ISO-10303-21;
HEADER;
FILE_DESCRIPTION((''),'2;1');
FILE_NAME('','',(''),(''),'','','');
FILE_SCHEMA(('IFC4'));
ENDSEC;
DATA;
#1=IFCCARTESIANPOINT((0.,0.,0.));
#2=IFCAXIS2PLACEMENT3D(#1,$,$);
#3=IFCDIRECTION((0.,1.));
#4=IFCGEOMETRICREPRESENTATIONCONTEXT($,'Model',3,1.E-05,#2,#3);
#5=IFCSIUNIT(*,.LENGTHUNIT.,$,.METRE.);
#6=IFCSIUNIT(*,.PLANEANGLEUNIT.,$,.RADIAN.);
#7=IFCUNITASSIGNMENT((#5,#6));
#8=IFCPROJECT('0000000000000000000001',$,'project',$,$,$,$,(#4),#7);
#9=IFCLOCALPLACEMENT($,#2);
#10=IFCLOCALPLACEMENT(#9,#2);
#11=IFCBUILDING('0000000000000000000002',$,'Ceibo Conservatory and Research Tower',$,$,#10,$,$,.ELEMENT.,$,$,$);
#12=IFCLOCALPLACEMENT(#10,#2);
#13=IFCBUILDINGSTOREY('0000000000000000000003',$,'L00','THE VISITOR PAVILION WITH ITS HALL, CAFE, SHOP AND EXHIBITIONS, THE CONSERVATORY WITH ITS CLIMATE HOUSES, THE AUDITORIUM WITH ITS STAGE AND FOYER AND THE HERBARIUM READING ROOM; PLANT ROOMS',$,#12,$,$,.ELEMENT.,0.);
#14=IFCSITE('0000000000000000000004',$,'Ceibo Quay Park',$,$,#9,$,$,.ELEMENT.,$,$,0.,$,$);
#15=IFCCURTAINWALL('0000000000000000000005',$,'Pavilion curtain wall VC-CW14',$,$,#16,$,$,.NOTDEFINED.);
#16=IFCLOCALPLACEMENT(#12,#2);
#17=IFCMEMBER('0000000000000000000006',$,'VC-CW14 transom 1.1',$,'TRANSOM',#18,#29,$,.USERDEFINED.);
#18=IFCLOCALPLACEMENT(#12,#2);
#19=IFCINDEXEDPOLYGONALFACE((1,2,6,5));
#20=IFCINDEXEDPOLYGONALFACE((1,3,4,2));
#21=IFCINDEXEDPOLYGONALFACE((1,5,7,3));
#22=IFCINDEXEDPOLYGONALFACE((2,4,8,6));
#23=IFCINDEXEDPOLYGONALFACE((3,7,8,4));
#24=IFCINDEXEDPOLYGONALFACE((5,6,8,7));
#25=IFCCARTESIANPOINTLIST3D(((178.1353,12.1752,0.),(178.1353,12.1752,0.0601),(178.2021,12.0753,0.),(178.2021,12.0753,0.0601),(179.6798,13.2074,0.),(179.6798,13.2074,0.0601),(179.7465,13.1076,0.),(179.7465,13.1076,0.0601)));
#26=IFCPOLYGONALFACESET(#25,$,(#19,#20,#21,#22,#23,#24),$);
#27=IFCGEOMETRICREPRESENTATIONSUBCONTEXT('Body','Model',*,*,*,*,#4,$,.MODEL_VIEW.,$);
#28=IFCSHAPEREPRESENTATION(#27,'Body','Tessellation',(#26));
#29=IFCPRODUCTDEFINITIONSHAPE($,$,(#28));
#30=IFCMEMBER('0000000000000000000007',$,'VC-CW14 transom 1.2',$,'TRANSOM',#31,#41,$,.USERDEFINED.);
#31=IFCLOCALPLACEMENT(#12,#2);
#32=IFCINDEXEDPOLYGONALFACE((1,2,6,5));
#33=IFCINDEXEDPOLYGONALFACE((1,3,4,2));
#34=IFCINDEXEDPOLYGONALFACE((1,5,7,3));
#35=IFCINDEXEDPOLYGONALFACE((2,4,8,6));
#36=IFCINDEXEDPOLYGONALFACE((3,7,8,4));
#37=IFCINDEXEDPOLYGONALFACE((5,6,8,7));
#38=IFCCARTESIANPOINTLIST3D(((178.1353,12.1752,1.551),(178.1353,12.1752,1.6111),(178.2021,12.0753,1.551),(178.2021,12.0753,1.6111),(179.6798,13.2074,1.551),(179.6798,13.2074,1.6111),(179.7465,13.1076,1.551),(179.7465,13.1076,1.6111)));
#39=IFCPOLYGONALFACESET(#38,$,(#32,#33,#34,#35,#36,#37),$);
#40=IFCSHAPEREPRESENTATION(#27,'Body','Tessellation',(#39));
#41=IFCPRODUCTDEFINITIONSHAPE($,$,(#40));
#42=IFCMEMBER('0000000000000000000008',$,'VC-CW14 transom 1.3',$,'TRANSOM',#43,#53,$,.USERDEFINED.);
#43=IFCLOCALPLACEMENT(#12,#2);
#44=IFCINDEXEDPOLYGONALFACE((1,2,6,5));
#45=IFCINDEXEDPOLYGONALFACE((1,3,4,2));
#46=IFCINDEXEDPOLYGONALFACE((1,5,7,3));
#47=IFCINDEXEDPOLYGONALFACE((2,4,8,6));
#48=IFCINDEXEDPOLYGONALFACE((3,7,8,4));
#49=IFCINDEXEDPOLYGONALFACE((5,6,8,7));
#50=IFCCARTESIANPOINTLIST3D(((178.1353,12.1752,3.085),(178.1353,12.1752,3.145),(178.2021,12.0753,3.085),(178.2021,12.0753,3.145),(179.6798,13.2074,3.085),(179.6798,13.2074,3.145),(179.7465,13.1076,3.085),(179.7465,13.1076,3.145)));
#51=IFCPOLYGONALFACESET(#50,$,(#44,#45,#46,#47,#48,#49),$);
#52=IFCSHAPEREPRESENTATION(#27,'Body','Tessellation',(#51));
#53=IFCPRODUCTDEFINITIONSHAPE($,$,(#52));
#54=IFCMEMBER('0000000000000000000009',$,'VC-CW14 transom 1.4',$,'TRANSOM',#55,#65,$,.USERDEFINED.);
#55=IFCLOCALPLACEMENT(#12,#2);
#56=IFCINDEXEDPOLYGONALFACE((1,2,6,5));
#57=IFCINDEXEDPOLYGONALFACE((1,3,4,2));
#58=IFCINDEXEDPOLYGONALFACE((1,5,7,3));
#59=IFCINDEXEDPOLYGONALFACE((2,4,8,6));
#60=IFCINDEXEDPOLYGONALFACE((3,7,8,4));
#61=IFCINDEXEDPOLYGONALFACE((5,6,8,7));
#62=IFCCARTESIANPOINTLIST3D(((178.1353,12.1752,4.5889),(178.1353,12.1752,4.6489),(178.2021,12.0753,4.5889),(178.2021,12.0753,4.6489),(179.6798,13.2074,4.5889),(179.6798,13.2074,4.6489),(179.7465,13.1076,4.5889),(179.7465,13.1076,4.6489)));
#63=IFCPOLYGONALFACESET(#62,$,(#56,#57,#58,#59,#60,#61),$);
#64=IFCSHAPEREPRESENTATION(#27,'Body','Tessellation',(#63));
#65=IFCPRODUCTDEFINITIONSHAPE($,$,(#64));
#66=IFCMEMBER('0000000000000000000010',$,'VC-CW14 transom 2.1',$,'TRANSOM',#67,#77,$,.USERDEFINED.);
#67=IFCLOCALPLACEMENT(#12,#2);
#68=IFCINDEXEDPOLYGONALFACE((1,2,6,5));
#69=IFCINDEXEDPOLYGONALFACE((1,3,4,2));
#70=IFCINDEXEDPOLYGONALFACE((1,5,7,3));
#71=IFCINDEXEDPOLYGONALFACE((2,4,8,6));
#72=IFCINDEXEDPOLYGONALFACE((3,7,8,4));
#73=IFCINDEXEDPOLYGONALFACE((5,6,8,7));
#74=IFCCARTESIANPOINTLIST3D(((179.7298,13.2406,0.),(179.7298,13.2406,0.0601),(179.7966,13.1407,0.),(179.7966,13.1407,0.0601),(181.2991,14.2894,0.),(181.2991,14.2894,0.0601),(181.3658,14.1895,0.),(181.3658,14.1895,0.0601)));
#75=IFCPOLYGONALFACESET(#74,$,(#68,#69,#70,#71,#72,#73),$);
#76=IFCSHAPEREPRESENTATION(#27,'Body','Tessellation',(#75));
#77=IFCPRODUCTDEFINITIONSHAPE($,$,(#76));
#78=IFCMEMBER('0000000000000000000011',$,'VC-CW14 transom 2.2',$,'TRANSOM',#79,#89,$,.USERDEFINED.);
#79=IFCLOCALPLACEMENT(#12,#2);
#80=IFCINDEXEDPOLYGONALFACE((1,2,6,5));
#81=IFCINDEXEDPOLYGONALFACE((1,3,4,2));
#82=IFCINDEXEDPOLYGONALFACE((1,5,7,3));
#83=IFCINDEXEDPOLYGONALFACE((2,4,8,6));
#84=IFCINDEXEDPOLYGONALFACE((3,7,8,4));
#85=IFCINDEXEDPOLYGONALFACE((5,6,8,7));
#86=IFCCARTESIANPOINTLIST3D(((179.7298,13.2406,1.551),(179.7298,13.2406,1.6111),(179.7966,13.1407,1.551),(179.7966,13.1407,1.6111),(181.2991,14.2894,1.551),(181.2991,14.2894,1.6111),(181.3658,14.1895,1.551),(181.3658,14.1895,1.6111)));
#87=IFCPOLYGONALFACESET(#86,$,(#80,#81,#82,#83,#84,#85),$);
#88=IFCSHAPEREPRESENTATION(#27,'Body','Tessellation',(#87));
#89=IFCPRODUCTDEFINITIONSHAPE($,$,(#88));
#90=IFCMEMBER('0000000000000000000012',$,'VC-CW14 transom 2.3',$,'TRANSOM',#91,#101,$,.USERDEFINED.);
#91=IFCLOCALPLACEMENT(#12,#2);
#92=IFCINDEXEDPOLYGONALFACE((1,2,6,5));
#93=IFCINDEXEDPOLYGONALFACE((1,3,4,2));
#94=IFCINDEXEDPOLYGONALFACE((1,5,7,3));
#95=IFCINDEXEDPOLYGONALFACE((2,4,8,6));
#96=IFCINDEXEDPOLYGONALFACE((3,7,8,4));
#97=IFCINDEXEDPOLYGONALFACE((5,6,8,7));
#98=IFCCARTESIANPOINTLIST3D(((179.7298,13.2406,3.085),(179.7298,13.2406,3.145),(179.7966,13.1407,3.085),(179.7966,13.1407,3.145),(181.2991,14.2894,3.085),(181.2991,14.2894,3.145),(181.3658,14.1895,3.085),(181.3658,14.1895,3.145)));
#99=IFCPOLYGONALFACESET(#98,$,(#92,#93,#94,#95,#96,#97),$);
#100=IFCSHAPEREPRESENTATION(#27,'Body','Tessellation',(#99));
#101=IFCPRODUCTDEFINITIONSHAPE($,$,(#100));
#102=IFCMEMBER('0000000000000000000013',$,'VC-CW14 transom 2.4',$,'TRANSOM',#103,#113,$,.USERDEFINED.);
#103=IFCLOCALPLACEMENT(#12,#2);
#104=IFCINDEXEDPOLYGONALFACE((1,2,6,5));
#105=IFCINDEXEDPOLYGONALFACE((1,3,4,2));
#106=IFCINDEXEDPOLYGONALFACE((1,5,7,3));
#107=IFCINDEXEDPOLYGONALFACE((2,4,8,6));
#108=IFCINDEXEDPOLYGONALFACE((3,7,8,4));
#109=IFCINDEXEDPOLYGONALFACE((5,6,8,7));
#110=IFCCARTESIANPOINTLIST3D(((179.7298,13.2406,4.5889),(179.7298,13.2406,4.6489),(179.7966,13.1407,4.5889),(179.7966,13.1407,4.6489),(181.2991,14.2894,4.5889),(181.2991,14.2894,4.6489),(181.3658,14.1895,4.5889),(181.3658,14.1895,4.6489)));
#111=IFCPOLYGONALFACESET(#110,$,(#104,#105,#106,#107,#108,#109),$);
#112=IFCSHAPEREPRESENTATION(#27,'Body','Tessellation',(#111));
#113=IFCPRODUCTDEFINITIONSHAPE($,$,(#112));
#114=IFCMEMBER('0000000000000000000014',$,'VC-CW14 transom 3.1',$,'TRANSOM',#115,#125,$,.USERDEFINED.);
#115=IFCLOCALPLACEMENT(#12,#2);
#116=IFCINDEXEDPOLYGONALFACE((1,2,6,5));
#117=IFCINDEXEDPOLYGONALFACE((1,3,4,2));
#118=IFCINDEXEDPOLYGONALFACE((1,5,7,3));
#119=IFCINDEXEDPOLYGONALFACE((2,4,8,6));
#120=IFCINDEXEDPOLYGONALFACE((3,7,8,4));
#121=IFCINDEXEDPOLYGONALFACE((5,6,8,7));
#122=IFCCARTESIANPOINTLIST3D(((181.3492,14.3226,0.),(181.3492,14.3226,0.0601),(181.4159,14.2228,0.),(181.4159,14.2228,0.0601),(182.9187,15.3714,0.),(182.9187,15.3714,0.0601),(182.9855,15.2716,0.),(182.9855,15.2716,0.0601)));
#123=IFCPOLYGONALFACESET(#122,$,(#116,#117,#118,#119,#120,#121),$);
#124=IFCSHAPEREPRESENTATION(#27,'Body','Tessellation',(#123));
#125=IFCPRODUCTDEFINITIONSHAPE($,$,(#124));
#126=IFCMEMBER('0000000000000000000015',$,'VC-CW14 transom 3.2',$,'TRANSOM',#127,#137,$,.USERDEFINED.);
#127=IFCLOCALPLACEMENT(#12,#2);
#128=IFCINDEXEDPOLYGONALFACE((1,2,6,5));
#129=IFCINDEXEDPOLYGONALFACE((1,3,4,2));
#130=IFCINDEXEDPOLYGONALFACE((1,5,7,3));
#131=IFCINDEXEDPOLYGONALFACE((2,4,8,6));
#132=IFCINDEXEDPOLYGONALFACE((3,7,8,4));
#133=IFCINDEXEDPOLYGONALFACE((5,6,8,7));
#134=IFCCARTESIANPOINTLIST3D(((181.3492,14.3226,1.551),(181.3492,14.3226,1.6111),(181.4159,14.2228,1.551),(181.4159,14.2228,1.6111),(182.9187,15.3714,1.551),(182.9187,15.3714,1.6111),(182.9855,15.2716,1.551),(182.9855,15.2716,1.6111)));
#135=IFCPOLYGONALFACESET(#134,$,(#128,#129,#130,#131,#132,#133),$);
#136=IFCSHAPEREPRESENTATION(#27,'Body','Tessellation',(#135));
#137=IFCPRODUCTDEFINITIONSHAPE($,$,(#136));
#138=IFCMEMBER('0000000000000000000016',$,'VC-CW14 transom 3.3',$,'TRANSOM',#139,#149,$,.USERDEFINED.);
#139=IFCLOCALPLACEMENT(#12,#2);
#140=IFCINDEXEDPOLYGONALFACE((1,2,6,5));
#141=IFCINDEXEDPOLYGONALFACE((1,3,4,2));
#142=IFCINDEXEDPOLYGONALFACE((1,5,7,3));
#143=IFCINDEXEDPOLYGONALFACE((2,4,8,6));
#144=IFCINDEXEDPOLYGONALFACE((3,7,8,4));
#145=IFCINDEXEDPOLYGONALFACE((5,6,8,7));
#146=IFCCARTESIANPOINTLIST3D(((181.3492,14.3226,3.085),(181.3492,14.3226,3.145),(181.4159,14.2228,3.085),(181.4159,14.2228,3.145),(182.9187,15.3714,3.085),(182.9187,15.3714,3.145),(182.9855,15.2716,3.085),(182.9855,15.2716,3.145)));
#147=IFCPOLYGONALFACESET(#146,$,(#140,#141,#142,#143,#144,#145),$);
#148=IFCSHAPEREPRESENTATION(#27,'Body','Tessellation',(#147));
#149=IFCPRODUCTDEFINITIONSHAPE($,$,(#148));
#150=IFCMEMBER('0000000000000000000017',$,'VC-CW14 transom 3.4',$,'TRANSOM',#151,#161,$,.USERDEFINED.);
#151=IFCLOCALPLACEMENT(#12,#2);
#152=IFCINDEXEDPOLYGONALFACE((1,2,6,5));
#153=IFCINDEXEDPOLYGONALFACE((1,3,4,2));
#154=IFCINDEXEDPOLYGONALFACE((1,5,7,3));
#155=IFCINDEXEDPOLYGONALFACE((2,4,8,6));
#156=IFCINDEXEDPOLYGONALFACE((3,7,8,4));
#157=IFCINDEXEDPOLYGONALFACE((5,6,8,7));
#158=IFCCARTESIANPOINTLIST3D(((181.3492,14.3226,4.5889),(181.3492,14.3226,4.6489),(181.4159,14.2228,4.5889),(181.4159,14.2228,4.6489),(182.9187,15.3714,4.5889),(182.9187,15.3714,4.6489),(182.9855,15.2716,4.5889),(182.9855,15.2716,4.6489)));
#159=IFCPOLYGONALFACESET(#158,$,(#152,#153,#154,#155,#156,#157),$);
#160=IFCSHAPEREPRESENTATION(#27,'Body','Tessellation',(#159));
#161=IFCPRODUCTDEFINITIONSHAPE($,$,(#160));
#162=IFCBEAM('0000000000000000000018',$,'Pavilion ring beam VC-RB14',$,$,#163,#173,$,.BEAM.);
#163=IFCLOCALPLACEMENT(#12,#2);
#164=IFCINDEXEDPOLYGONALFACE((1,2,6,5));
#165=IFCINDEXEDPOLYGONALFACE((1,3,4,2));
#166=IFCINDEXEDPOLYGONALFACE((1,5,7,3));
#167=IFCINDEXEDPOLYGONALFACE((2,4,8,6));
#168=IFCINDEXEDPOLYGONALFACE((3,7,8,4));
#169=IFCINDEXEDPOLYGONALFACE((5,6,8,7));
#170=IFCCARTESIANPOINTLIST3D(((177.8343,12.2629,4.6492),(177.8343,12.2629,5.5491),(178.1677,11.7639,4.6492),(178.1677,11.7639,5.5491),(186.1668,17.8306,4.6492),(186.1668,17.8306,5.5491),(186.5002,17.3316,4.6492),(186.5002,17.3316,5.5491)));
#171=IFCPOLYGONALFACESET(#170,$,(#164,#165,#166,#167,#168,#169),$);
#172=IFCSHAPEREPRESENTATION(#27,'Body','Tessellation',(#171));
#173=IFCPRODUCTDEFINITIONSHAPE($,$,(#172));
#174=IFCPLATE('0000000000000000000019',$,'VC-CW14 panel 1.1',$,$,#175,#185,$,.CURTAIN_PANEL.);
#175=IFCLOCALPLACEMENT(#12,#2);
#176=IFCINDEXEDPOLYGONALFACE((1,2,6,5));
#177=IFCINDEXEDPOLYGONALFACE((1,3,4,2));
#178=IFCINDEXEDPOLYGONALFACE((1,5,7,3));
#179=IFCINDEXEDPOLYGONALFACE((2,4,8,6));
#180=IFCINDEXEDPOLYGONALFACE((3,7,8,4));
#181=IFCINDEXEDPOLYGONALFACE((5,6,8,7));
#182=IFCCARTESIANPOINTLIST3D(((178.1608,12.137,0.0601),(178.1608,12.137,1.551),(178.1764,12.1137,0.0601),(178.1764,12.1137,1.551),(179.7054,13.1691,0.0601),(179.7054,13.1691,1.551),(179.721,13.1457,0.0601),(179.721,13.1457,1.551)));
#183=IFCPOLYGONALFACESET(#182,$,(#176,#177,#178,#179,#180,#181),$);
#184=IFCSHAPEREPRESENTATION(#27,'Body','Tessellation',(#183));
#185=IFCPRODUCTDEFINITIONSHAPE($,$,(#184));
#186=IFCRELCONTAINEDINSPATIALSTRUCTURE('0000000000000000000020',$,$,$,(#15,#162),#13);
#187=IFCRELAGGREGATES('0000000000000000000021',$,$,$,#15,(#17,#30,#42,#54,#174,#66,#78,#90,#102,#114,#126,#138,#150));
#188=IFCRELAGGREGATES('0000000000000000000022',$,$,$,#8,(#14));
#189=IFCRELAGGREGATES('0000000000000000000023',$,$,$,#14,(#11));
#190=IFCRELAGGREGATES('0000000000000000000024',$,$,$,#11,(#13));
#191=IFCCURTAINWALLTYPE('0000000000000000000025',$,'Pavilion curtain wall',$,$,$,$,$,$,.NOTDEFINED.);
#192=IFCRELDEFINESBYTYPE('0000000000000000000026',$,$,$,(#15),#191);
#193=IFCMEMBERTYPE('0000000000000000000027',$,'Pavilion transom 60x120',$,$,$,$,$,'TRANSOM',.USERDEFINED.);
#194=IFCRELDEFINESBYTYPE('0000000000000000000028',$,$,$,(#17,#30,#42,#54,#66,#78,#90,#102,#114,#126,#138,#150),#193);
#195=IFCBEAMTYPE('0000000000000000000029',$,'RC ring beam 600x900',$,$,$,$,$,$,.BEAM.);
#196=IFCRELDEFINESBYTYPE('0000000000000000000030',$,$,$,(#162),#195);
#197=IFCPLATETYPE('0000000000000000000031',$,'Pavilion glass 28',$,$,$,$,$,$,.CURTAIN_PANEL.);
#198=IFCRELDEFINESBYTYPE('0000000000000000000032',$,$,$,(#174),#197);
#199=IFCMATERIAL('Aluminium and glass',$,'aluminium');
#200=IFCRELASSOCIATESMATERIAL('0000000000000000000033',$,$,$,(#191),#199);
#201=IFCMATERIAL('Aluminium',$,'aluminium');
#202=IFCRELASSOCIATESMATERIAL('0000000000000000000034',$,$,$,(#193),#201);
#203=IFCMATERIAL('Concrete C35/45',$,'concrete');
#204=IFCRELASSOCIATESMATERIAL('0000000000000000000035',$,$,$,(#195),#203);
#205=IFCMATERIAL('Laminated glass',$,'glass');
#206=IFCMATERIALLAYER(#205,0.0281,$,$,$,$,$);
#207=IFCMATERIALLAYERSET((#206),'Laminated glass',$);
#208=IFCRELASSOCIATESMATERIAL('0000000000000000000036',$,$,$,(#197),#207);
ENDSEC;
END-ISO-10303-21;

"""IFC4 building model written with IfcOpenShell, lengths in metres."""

from ifc_helpers import new_model, si_unit, direction, frame, origin, origin_2d, place, context, subcontext, project, spatial, rectangle, extrude, material, layer, layer_set, material_profile, profile_set, type_object, element, aggregate, save


model = new_model("IFC4")

# Units and contexts
model_context = context("Model", 3, precision=1e-05, world=origin(), true_north=direction((0.0, 1.0)))
body_context = subcontext(model_context, "Body", "Model", "MODEL_VIEW")
ifc_project = project(units=[si_unit("LENGTHUNIT", "METRE"), si_unit("PLANEANGLEUNIT", "RADIAN")], contexts=[model_context])

# Site, building, storey
site_placement = place(None, origin())
site = spatial("IfcSite", under=ifc_project, at=site_placement, Name="Ceibo Quay Park", CompositionType="ELEMENT", RefElevation=0.0)
building_placement = place(site_placement, origin())
building = spatial("IfcBuilding", under=site, at=building_placement, Name="Ceibo Conservatory and Research Tower", CompositionType="ELEMENT")
storey_placement = place(building_placement, origin())
storey = spatial("IfcBuildingStorey", under=building, at=storey_placement, Name="L00", Description="THE VISITOR PAVILION WITH ITS HALL, CAFE, SHOP AND EXHIBITIONS, THE CONSERVATORY WITH ITS CLIMATE HOUSES, THE AUDITORIUM WITH ITS STAGE AND FOYER AND THE HERBARIUM READING ROOM; PLANT ROOMS", CompositionType="ELEMENT", Elevation=0.0)

# Shared definitions
ifc_material_1 = material(Name="Concrete C35/45", Category="concrete")

# Shared definitions
ifc_material_2 = material(Name="Aluminium and glass", Category="aluminium")
curtain_wall_type = type_object("IfcCurtainWallType", Name="Pavilion curtain wall", PredefinedType="NOTDEFINED", material=ifc_material_2)
ifc_material_3 = material(Name="Aluminium", Category="aluminium")

# Curtain wall, members
curtain_wall_1_placement = place(storey_placement, origin())
curtain_wall_1 = element("IfcCurtainWall", 1, at=curtain_wall_1_placement, inside=storey, type_object=curtain_wall_type, Name="Pavilion curtain wall VC-CW14", PredefinedType="NOTDEFINED")
ifc_material_profile_1 = material_profile(ifc_material_3, rectangle(XDim=0.1201, YDim=0.0601, at=origin_2d()), Name="AL 60x120")
ifc_profile_set_1 = profile_set([ifc_material_profile_1], Name="Aluminium")
member_type_1 = type_object("IfcMemberType", Name="Pavilion transom 60x120", ElementType="TRANSOM", PredefinedType="USERDEFINED", material=ifc_profile_set_1)
member_1_placement = place(storey_placement, frame((178.1687, 12.1252, 0.03), z_axis=(0.831403, 0.55567, 0.0), x_axis=(-0.55567, 0.831403, 0.0)))
member_1 = element("IfcMember", 2, at=member_1_placement, type_object=member_type_1, Name="VC-CW14 transom 1.1", ObjectType="TRANSOM", PredefinedType="USERDEFINED", context=body_context, shape_type="SweptSolid", body=[
    extrude(rectangle(XDim=0.1201, YDim=0.0601, at=origin_2d()), origin(), (0.0, 0.0, 1.0), 1.8577),
])
member_2_placement = place(storey_placement, frame((178.1687, 12.1252, 1.5811), z_axis=(0.831403, 0.55567, 0.0), x_axis=(-0.55567, 0.831403, 0.0)))
member_2 = element("IfcMember", 3, at=member_2_placement, type_object=member_type_1, Name="VC-CW14 transom 1.2", ObjectType="TRANSOM", PredefinedType="USERDEFINED", context=body_context, shape_type="SweptSolid", body=[
    extrude(rectangle(XDim=0.1201, YDim=0.0601, at=origin_2d()), origin(), (0.0, 0.0, 1.0), 1.8577),
])
member_3_placement = place(storey_placement, frame((178.1687, 12.1252, 3.115), z_axis=(0.831403, 0.55567, 0.0), x_axis=(-0.55567, 0.831403, 0.0)))
member_3 = element("IfcMember", 4, at=member_3_placement, type_object=member_type_1, Name="VC-CW14 transom 1.3", ObjectType="TRANSOM", PredefinedType="USERDEFINED", context=body_context, shape_type="SweptSolid", body=[
    extrude(rectangle(XDim=0.1201, YDim=0.0601, at=origin_2d()), origin(), (0.0, 0.0, 1.0), 1.8577),
])
member_4_placement = place(storey_placement, frame((178.1687, 12.1252, 4.6189), z_axis=(0.831403, 0.55567, 0.0), x_axis=(-0.55567, 0.831403, 0.0)))
member_4 = element("IfcMember", 5, at=member_4_placement, type_object=member_type_1, Name="VC-CW14 transom 1.4", ObjectType="TRANSOM", PredefinedType="USERDEFINED", context=body_context, shape_type="SweptSolid", body=[
    extrude(rectangle(XDim=0.1201, YDim=0.0601, at=origin_2d()), origin(), (0.0, 0.0, 1.0), 1.8577),
])
member_5_placement = place(storey_placement, frame((179.7632, 13.1907, 0.03), z_axis=(0.831413, 0.555655, 0.0), x_axis=(-0.555655, 0.831413, 0.0)))
member_5 = element("IfcMember", 6, at=member_5_placement, type_object=member_type_1, Name="VC-CW14 transom 2.1", ObjectType="TRANSOM", PredefinedType="USERDEFINED", context=body_context, shape_type="SweptSolid", body=[
    extrude(rectangle(XDim=0.1201, YDim=0.0601, at=origin_2d()), origin(), (0.0, 0.0, 1.0), 1.8875),
])
member_6_placement = place(storey_placement, frame((179.7632, 13.1907, 1.5811), z_axis=(0.831413, 0.555655, 0.0), x_axis=(-0.555655, 0.831413, 0.0)))
member_6 = element("IfcMember", 7, at=member_6_placement, type_object=member_type_1, Name="VC-CW14 transom 2.2", ObjectType="TRANSOM", PredefinedType="USERDEFINED", context=body_context, shape_type="SweptSolid", body=[
    extrude(rectangle(XDim=0.1201, YDim=0.0601, at=origin_2d()), origin(), (0.0, 0.0, 1.0), 1.8875),
])
member_7_placement = place(storey_placement, frame((179.7632, 13.1907, 3.115), z_axis=(0.831413, 0.555655, 0.0), x_axis=(-0.555655, 0.831413, 0.0)))
member_7 = element("IfcMember", 8, at=member_7_placement, type_object=member_type_1, Name="VC-CW14 transom 2.3", ObjectType="TRANSOM", PredefinedType="USERDEFINED", context=body_context, shape_type="SweptSolid", body=[
    extrude(rectangle(XDim=0.1201, YDim=0.0601, at=origin_2d()), origin(), (0.0, 0.0, 1.0), 1.8875),
])
member_8_placement = place(storey_placement, frame((179.7632, 13.1907, 4.6189), z_axis=(0.831413, 0.555655, 0.0), x_axis=(-0.555655, 0.831413, 0.0)))
member_8 = element("IfcMember", 9, at=member_8_placement, type_object=member_type_1, Name="VC-CW14 transom 2.4", ObjectType="TRANSOM", PredefinedType="USERDEFINED", context=body_context, shape_type="SweptSolid", body=[
    extrude(rectangle(XDim=0.1201, YDim=0.0601, at=origin_2d()), origin(), (0.0, 0.0, 1.0), 1.8875),
])
member_9_placement = place(storey_placement, frame((181.3826, 14.2727, 0.03), z_axis=(0.831453, 0.555595, 0.0), x_axis=(-0.555595, 0.831453, 0.0)))
member_9 = element("IfcMember", 10, at=member_9_placement, type_object=member_type_1, Name="VC-CW14 transom 3.1", ObjectType="TRANSOM", PredefinedType="USERDEFINED", context=body_context, shape_type="SweptSolid", body=[
    extrude(rectangle(XDim=0.1201, YDim=0.0601, at=origin_2d()), origin(), (0.0, 0.0, 1.0), 1.8877),
])
member_10_placement = place(storey_placement, frame((181.3826, 14.2727, 1.5811), z_axis=(0.831453, 0.555595, 0.0), x_axis=(-0.555595, 0.831453, 0.0)))
member_10 = element("IfcMember", 11, at=member_10_placement, type_object=member_type_1, Name="VC-CW14 transom 3.2", ObjectType="TRANSOM", PredefinedType="USERDEFINED", context=body_context, shape_type="SweptSolid", body=[
    extrude(rectangle(XDim=0.1201, YDim=0.0601, at=origin_2d()), origin(), (0.0, 0.0, 1.0), 1.8877),
])
member_11_placement = place(storey_placement, frame((181.3826, 14.2727, 3.115), z_axis=(0.831453, 0.555595, 0.0), x_axis=(-0.555595, 0.831453, 0.0)))
member_11 = element("IfcMember", 12, at=member_11_placement, type_object=member_type_1, Name="VC-CW14 transom 3.3", ObjectType="TRANSOM", PredefinedType="USERDEFINED", context=body_context, shape_type="SweptSolid", body=[
    extrude(rectangle(XDim=0.1201, YDim=0.0601, at=origin_2d()), origin(), (0.0, 0.0, 1.0), 1.8877),
])
member_12_placement = place(storey_placement, frame((181.3826, 14.2727, 4.6189), z_axis=(0.831453, 0.555595, 0.0), x_axis=(-0.555595, 0.831453, 0.0)))
member_12 = element("IfcMember", 13, at=member_12_placement, type_object=member_type_1, Name="VC-CW14 transom 3.4", ObjectType="TRANSOM", PredefinedType="USERDEFINED", context=body_context, shape_type="SweptSolid", body=[
    extrude(rectangle(XDim=0.1201, YDim=0.0601, at=origin_2d()), origin(), (0.0, 0.0, 1.0), 1.8877),
])

# Beam
ifc_material_profile_2 = material_profile(ifc_material_1, rectangle(XDim=0.6001, YDim=0.8999, at=origin_2d()), Name="RC 600x900")
ifc_profile_set_2 = profile_set([ifc_material_profile_2], Name="Concrete C35/45")
beam_type = type_object("IfcBeamType", Name="RC ring beam 600x900", PredefinedType="BEAM", material=ifc_profile_set_2)
beam_placement = place(storey_placement, frame((178.001, 12.0134, 5.0991), z_axis=(0.831469, 0.555571, 0.0), x_axis=(-0.555571, 0.831469, 0.0)))
element("IfcBeam", 14, at=beam_placement, inside=storey, type_object=beam_type, Name="Pavilion ring beam VC-RB14", PredefinedType="BEAM", context=body_context, shape_type="SweptSolid", body=[
    extrude(rectangle(XDim=0.6001, YDim=0.8999, at=origin_2d()), origin(), (0.0, 0.0, 1.0), 10.0215),
])

# Plate
ifc_material_4 = material(Name="Laminated glass", Category="glass")
ifc_layer_1 = layer(ifc_material_4, 0.0281)
ifc_layer_set_1 = layer_set([ifc_layer_1], Name="Laminated glass")
plate_type = type_object("IfcPlateType", Name="Pavilion glass 28", PredefinedType="CURTAIN_PANEL", material=ifc_layer_set_1)
plate_1_placement = place(storey_placement, frame((178.9409, 12.6414, 0.0601), z_axis=(0.0, 0.0, 1.0), x_axis=(0.83147, 0.55557, 0.0)))
plate_1 = element("IfcPlate", 15, at=plate_1_placement, type_object=plate_type, Name="VC-CW14 panel 1.1", PredefinedType="CURTAIN_PANEL", context=body_context, shape_type="SweptSolid", body=[
    extrude(rectangle(XDim=1.8577, YDim=0.0281, at=origin_2d()), origin(), (0.0, 0.0, 1.0), 1.491),
])
aggregate(curtain_wall_1, [member_1, member_2, member_3, member_4, plate_1, member_5, member_6, member_7, member_8, member_9, member_10, member_11, member_12])

save(model, "model.ifc")
